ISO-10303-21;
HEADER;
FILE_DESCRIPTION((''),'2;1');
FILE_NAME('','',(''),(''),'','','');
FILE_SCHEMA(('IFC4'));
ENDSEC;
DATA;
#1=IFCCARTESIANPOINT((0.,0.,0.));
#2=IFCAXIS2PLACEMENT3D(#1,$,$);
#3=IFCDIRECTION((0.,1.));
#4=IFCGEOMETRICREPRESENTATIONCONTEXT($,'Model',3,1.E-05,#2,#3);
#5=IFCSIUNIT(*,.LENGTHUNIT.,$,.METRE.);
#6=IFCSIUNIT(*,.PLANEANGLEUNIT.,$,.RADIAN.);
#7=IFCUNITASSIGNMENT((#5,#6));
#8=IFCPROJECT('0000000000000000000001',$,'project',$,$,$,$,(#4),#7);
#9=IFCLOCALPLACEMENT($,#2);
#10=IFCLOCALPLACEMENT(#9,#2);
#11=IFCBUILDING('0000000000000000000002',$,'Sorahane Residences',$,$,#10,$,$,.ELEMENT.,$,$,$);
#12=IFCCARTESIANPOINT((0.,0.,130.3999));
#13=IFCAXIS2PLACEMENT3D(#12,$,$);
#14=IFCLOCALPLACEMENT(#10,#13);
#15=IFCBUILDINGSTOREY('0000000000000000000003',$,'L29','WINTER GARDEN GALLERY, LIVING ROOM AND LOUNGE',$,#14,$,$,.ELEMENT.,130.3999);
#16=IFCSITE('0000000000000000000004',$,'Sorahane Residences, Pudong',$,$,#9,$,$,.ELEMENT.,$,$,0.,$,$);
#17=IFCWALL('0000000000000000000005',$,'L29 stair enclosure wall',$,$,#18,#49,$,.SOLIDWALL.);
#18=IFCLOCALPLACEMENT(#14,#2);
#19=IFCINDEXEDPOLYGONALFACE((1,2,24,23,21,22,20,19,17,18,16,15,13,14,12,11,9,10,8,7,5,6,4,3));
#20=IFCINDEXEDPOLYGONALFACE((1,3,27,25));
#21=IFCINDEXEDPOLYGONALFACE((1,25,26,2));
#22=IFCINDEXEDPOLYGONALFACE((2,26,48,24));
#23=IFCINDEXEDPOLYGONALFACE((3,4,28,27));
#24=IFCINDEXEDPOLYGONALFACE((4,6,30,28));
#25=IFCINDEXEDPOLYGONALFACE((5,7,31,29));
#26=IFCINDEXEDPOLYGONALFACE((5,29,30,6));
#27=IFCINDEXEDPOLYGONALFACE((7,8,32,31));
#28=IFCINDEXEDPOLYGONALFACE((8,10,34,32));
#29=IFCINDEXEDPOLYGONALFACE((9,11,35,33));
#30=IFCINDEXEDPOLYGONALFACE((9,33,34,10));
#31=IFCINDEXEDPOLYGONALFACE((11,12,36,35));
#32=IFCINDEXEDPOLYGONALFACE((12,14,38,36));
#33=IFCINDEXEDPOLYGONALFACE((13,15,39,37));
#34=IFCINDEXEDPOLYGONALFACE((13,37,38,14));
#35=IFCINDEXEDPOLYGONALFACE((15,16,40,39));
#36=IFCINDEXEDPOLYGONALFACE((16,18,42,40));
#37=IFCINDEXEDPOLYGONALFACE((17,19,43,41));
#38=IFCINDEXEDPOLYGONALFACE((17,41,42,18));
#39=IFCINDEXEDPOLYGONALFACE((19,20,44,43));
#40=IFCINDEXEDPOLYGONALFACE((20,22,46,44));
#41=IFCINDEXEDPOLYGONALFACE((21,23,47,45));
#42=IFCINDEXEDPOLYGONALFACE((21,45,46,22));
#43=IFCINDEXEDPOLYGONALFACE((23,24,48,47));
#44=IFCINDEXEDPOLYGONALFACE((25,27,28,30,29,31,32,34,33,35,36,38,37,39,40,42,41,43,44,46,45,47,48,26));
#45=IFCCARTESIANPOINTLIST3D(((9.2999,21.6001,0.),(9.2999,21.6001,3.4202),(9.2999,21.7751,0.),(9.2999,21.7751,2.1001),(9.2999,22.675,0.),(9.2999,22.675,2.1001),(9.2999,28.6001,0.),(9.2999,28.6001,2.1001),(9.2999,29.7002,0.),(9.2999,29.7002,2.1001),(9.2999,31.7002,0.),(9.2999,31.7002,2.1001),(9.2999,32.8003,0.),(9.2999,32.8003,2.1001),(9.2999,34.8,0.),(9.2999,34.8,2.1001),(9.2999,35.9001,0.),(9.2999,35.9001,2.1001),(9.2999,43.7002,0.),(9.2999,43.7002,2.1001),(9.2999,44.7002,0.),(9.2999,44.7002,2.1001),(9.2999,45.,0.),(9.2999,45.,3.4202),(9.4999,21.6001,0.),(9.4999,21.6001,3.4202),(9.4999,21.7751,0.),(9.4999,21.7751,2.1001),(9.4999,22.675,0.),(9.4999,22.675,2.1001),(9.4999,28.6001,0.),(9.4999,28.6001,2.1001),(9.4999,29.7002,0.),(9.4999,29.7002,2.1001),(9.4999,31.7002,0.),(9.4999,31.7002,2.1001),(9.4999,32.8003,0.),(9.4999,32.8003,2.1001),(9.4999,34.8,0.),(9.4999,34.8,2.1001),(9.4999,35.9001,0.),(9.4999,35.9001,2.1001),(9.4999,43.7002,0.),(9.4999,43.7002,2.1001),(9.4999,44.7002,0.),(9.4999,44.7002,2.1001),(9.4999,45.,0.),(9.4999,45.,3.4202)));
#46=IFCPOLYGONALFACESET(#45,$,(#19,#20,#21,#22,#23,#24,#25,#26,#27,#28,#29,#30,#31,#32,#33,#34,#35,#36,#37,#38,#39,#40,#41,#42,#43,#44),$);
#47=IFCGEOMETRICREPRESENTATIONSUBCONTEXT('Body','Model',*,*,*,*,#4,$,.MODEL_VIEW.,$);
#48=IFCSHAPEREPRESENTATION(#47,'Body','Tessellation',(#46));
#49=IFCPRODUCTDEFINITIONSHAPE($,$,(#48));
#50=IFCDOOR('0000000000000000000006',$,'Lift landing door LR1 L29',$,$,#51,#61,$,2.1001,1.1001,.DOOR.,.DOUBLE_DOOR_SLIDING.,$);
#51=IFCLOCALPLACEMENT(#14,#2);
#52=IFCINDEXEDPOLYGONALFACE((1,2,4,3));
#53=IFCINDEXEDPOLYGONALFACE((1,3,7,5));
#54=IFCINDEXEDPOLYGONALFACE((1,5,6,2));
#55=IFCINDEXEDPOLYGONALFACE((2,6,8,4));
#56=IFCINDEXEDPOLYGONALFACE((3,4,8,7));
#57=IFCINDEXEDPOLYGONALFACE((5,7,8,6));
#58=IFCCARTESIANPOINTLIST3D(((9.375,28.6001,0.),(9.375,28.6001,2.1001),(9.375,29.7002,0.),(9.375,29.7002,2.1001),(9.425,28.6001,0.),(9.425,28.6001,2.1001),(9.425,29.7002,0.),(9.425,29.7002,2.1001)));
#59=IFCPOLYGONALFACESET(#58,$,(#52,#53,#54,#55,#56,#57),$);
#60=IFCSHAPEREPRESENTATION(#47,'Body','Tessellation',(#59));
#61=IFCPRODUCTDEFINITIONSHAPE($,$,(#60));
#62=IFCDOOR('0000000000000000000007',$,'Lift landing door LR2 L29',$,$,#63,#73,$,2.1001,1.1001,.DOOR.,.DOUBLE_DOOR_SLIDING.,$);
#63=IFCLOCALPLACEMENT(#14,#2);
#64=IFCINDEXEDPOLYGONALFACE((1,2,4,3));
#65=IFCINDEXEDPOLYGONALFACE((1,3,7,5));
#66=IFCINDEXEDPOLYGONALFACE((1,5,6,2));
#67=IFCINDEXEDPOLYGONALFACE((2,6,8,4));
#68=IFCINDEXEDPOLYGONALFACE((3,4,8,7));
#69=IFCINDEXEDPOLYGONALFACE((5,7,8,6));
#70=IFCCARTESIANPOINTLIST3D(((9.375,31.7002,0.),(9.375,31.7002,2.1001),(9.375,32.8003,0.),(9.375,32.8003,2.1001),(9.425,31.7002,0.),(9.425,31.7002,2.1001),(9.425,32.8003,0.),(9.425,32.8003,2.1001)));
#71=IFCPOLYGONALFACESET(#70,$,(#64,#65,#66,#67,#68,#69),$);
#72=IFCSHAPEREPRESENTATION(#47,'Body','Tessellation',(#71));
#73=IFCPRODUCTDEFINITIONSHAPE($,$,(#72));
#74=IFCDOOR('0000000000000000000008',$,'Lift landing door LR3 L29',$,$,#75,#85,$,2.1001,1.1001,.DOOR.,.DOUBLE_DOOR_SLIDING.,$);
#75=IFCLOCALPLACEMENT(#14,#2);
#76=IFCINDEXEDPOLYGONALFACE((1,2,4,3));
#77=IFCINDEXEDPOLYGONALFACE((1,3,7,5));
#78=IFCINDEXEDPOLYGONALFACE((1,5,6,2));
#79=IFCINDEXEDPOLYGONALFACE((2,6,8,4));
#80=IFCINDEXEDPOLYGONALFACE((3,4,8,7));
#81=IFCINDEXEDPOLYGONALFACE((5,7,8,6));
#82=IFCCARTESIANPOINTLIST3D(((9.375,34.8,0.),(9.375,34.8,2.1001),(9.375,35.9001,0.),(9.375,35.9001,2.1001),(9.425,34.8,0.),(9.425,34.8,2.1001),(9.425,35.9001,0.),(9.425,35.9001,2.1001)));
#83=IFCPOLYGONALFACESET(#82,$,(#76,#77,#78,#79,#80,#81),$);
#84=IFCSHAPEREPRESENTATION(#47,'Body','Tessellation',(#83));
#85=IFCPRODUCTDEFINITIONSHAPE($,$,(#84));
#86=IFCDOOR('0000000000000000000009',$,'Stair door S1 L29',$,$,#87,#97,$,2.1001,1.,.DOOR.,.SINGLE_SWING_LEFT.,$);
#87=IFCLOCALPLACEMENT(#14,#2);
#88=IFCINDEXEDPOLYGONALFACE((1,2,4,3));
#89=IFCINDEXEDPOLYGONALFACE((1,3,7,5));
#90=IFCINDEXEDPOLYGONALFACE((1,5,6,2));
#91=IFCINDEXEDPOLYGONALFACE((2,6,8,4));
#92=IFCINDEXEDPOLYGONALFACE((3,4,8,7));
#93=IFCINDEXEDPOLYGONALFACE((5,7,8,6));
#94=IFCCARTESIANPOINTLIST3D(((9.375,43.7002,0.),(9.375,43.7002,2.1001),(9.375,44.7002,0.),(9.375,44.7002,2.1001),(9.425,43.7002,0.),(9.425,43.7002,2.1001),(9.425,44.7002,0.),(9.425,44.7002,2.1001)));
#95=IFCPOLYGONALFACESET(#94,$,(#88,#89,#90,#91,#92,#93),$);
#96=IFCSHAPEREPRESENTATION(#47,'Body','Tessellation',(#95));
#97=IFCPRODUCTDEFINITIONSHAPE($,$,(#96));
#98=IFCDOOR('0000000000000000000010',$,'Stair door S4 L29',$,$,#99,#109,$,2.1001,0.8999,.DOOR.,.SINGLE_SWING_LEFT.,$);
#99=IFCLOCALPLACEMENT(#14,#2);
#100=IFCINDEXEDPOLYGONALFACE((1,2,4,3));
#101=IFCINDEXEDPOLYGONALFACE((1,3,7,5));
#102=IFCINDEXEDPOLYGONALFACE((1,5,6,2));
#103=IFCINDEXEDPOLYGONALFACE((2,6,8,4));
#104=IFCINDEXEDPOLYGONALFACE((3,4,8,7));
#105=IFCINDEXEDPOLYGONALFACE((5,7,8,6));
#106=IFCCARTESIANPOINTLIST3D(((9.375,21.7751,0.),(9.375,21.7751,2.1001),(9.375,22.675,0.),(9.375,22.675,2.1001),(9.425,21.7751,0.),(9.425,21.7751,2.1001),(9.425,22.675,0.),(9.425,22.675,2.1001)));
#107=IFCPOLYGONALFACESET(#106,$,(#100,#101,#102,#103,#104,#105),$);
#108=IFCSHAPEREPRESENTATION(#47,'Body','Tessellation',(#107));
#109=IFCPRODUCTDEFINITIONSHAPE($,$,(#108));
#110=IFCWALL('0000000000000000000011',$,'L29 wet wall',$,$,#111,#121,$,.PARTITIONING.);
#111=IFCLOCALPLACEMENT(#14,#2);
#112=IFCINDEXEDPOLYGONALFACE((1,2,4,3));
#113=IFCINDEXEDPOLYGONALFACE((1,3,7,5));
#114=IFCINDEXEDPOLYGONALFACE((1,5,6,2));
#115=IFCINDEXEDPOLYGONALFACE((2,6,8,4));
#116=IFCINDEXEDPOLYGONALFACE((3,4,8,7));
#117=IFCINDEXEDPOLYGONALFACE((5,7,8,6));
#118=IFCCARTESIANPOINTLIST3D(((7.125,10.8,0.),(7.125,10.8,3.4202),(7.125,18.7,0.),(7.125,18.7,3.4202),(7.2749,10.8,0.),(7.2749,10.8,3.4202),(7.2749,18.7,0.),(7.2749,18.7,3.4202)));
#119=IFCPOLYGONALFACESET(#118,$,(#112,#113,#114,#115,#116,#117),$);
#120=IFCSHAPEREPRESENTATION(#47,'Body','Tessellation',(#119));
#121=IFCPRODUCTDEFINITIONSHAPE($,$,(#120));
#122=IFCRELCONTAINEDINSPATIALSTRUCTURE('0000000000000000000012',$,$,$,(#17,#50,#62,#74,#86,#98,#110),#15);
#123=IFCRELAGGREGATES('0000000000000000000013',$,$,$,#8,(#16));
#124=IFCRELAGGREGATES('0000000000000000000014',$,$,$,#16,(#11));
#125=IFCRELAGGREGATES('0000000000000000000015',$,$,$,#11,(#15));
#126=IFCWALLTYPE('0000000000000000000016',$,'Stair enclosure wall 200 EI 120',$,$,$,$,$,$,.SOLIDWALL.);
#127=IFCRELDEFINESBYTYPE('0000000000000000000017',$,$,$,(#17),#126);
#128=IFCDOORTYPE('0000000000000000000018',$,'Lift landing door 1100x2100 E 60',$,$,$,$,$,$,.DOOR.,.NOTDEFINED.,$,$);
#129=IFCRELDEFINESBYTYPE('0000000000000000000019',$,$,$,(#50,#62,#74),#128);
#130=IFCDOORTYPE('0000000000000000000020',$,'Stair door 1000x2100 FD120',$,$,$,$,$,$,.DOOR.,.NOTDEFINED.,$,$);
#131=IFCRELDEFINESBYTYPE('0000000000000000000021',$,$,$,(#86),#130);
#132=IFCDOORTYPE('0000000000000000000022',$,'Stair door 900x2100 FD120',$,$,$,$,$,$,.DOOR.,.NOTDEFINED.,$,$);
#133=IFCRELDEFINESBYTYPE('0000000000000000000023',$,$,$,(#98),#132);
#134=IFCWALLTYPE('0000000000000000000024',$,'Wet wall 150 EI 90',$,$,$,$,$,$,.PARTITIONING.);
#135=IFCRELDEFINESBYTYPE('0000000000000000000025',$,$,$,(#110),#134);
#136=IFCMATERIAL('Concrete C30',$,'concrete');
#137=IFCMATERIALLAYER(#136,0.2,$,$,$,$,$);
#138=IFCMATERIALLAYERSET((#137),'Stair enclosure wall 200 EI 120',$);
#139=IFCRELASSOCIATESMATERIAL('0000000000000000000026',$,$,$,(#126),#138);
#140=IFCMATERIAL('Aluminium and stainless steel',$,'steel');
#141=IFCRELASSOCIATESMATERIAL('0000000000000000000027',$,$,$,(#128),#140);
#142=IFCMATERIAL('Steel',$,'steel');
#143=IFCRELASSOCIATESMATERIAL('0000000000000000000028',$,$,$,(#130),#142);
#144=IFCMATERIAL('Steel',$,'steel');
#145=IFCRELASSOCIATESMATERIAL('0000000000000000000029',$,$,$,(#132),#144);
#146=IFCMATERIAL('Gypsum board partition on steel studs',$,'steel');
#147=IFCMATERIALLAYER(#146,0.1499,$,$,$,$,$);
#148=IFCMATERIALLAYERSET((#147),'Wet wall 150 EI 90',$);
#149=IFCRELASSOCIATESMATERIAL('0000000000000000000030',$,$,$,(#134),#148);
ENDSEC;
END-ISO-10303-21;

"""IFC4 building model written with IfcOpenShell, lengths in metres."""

from ifc_helpers import new_model, si_unit, direction, frame, frame_2d, origin, place, context, subcontext, project, spatial, rectangle, extrude, material, layer, layer_set, type_object, element, fill, save


model = new_model("IFC4")

# Units and contexts
model_context = context("Model", 3, precision=1e-05, world=origin(), true_north=direction((0.0, 1.0)))
body_context = subcontext(model_context, "Body", "Model", "MODEL_VIEW")
ifc_project = project(units=[si_unit("LENGTHUNIT", "METRE"), si_unit("PLANEANGLEUNIT", "RADIAN")], contexts=[model_context])

# Site, building, storey
site_placement = place(None, origin())
site = spatial("IfcSite", under=ifc_project, at=site_placement, Name="Sorahane Residences, Pudong", CompositionType="ELEMENT", RefElevation=0.0)
building_placement = place(site_placement, origin())
building = spatial("IfcBuilding", under=site, at=building_placement, Name="Sorahane Residences", CompositionType="ELEMENT")
storey_placement = place(building_placement, frame((0.0, 0.0, 130.3999)))
storey = spatial("IfcBuildingStorey", under=building, at=storey_placement, Name="L29", Description="WINTER GARDEN GALLERY, LIVING ROOM AND LOUNGE", CompositionType="ELEMENT", Elevation=130.3999)

# Wall, openings, doors
ifc_material_1 = material(Name="Concrete C30", Category="concrete")
ifc_layer_1 = layer(ifc_material_1, 0.2)
ifc_layer_set_1 = layer_set([ifc_layer_1], Name="Stair enclosure wall 200 EI 120")
wall_type_1 = type_object("IfcWallType", Name="Stair enclosure wall 200 EI 120", PredefinedType="SOLIDWALL", material=ifc_layer_set_1)
wall_1_placement = place(storey_placement, frame((9.3999, 21.6001, 0.0), z_axis=(0.0, 0.0, 1.0), x_axis=(0.0, 1.0, 0.0)))
wall_1 = element("IfcWall", 1, at=wall_1_placement, inside=storey, type_object=wall_type_1, Name="L29 stair enclosure wall", PredefinedType="SOLIDWALL", context=body_context, shape_type="SweptSolid", body=[
    extrude(rectangle(XDim=23.3999, YDim=0.2, at=frame_2d((11.7, 0.0))), origin(), (0.0, 0.0, 1.0), 3.4202),
])
opening_1_placement = place(wall_1_placement, frame((7.0, 0.0, 0.0)))
opening_1 = element("IfcOpeningElement", 2, at=opening_1_placement, cuts=wall_1, PredefinedType="OPENING", context=body_context, shape_type="SweptSolid", body=[
    extrude(rectangle(XDim=1.1001, YDim=2.1001, at=frame_2d((0.55, 1.05))), frame((0.0, 0.1099, 0.0), z_axis=(0.0, -1.0, 0.0), x_axis=(1.0, 0.0, 0.0)), (0.0, 0.0, 1.0), 0.22),
])
opening_2_placement = place(wall_1_placement, frame((10.1001, 0.0, 0.0)))
opening_2 = element("IfcOpeningElement", 3, at=opening_2_placement, cuts=wall_1, PredefinedType="OPENING", context=body_context, shape_type="SweptSolid", body=[
    extrude(rectangle(XDim=1.1001, YDim=2.1001, at=frame_2d((0.55, 1.05))), frame((0.0, 0.1099, 0.0), z_axis=(0.0, -1.0, 0.0), x_axis=(1.0, 0.0, 0.0)), (0.0, 0.0, 1.0), 0.22),
])
opening_3_placement = place(wall_1_placement, frame((13.2, 0.0, 0.0)))
opening_3 = element("IfcOpeningElement", 4, at=opening_3_placement, cuts=wall_1, PredefinedType="OPENING", context=body_context, shape_type="SweptSolid", body=[
    extrude(rectangle(XDim=1.1001, YDim=2.1001, at=frame_2d((0.55, 1.05))), frame((0.0, 0.1099, 0.0), z_axis=(0.0, -1.0, 0.0), x_axis=(1.0, 0.0, 0.0)), (0.0, 0.0, 1.0), 0.22),
])
opening_4_placement = place(wall_1_placement, frame((22.1001, 0.0, 0.0)))
opening_4 = element("IfcOpeningElement", 5, at=opening_4_placement, cuts=wall_1, PredefinedType="OPENING", context=body_context, shape_type="SweptSolid", body=[
    extrude(rectangle(XDim=1.0, YDim=2.1001, at=frame_2d((0.5, 1.05))), frame((0.0, 0.1099, 0.0), z_axis=(0.0, -1.0, 0.0), x_axis=(1.0, 0.0, 0.0)), (0.0, 0.0, 1.0), 0.22),
])
opening_5_placement = place(wall_1_placement, frame((0.175, 0.0, 0.0)))
opening_5 = element("IfcOpeningElement", 6, at=opening_5_placement, cuts=wall_1, PredefinedType="OPENING", context=body_context, shape_type="SweptSolid", body=[
    extrude(rectangle(XDim=0.8999, YDim=2.1001, at=frame_2d((0.45, 1.05))), frame((0.0, 0.1099, 0.0), z_axis=(0.0, -1.0, 0.0), x_axis=(1.0, 0.0, 0.0)), (0.0, 0.0, 1.0), 0.22),
])
ifc_material_2 = material(Name="Aluminium and stainless steel", Category="steel")
door_type_1 = type_object("IfcDoorType", Name="Lift landing door 1100x2100 E 60", OperationType="NOTDEFINED", PredefinedType="DOOR", material=ifc_material_2)
door_1_placement = place(opening_1_placement, origin())
door_1 = element("IfcDoor", 7, at=door_1_placement, inside=storey, type_object=door_type_1, Name="Lift landing door LR1 L29", OperationType="DOUBLE_DOOR_SLIDING", OverallHeight=2.1001, OverallWidth=1.1001, PredefinedType="DOOR", context=body_context, shape_type="SweptSolid", body=[
    extrude(rectangle(XDim=1.1001, YDim=2.1001, at=frame_2d((0.55, 1.05))), frame((0.0, 0.0249, 0.0), z_axis=(0.0, -1.0, 0.0), x_axis=(1.0, 0.0, 0.0)), (0.0, 0.0, 1.0), 0.05),
])
fill(opening_1, door_1)
door_2_placement = place(opening_2_placement, origin())
door_2 = element("IfcDoor", 8, at=door_2_placement, inside=storey, type_object=door_type_1, Name="Lift landing door LR2 L29", OperationType="DOUBLE_DOOR_SLIDING", OverallHeight=2.1001, OverallWidth=1.1001, PredefinedType="DOOR", context=body_context, shape_type="SweptSolid", body=[
    extrude(rectangle(XDim=1.1001, YDim=2.1001, at=frame_2d((0.55, 1.05))), frame((0.0, 0.0249, 0.0), z_axis=(0.0, -1.0, 0.0), x_axis=(1.0, 0.0, 0.0)), (0.0, 0.0, 1.0), 0.05),
])
fill(opening_2, door_2)
door_3_placement = place(opening_3_placement, origin())
door_3 = element("IfcDoor", 9, at=door_3_placement, inside=storey, type_object=door_type_1, Name="Lift landing door LR3 L29", OperationType="DOUBLE_DOOR_SLIDING", OverallHeight=2.1001, OverallWidth=1.1001, PredefinedType="DOOR", context=body_context, shape_type="SweptSolid", body=[
    extrude(rectangle(XDim=1.1001, YDim=2.1001, at=frame_2d((0.55, 1.05))), frame((0.0, 0.0249, 0.0), z_axis=(0.0, -1.0, 0.0), x_axis=(1.0, 0.0, 0.0)), (0.0, 0.0, 1.0), 0.05),
])
fill(opening_3, door_3)
ifc_material_3 = material(Name="Steel", Category="steel")
door_type_2 = type_object("IfcDoorType", Name="Stair door 1000x2100 FD120", OperationType="NOTDEFINED", PredefinedType="DOOR", material=ifc_material_3)
door_4_placement = place(opening_4_placement, origin())
door_4 = element("IfcDoor", 10, at=door_4_placement, inside=storey, type_object=door_type_2, Name="Stair door S1 L29", OperationType="SINGLE_SWING_LEFT", OverallHeight=2.1001, OverallWidth=1.0, PredefinedType="DOOR", context=body_context, shape_type="SweptSolid", body=[
    extrude(rectangle(XDim=1.0, YDim=2.1001, at=frame_2d((0.5, 1.05))), frame((0.0, 0.0249, 0.0), z_axis=(0.0, -1.0, 0.0), x_axis=(1.0, 0.0, 0.0)), (0.0, 0.0, 1.0), 0.05),
])
fill(opening_4, door_4)
ifc_material_4 = material(Name="Steel", Category="steel")
door_type_3 = type_object("IfcDoorType", Name="Stair door 900x2100 FD120", OperationType="NOTDEFINED", PredefinedType="DOOR", material=ifc_material_4)
door_5_placement = place(opening_5_placement, origin())
door_5 = element("IfcDoor", 11, at=door_5_placement, inside=storey, type_object=door_type_3, Name="Stair door S4 L29", OperationType="SINGLE_SWING_LEFT", OverallHeight=2.1001, OverallWidth=0.8999, PredefinedType="DOOR", context=body_context, shape_type="SweptSolid", body=[
    extrude(rectangle(XDim=0.8999, YDim=2.1001, at=frame_2d((0.45, 1.05))), frame((0.0, 0.0249, 0.0), z_axis=(0.0, -1.0, 0.0), x_axis=(1.0, 0.0, 0.0)), (0.0, 0.0, 1.0), 0.05),
])
fill(opening_5, door_5)

# Wall
ifc_material_5 = material(Name="Gypsum board partition on steel studs", Category="steel")
ifc_layer_2 = layer(ifc_material_5, 0.1499)
ifc_layer_set_2 = layer_set([ifc_layer_2], Name="Wet wall 150 EI 90")
wall_type_2 = type_object("IfcWallType", Name="Wet wall 150 EI 90", PredefinedType="PARTITIONING", material=ifc_layer_set_2)
wall_2_placement = place(storey_placement, frame((7.2, 10.8, 0.0), z_axis=(0.0, 0.0, 1.0), x_axis=(0.0, 1.0, 0.0)))
element("IfcWall", 12, at=wall_2_placement, inside=storey, type_object=wall_type_2, Name="L29 wet wall", PredefinedType="PARTITIONING", context=body_context, shape_type="SweptSolid", body=[
    extrude(rectangle(XDim=7.8999, YDim=0.1499, at=frame_2d((3.95, 0.0))), origin(), (0.0, 0.0, 1.0), 3.4202),
])

save(model, "model.ifc")
